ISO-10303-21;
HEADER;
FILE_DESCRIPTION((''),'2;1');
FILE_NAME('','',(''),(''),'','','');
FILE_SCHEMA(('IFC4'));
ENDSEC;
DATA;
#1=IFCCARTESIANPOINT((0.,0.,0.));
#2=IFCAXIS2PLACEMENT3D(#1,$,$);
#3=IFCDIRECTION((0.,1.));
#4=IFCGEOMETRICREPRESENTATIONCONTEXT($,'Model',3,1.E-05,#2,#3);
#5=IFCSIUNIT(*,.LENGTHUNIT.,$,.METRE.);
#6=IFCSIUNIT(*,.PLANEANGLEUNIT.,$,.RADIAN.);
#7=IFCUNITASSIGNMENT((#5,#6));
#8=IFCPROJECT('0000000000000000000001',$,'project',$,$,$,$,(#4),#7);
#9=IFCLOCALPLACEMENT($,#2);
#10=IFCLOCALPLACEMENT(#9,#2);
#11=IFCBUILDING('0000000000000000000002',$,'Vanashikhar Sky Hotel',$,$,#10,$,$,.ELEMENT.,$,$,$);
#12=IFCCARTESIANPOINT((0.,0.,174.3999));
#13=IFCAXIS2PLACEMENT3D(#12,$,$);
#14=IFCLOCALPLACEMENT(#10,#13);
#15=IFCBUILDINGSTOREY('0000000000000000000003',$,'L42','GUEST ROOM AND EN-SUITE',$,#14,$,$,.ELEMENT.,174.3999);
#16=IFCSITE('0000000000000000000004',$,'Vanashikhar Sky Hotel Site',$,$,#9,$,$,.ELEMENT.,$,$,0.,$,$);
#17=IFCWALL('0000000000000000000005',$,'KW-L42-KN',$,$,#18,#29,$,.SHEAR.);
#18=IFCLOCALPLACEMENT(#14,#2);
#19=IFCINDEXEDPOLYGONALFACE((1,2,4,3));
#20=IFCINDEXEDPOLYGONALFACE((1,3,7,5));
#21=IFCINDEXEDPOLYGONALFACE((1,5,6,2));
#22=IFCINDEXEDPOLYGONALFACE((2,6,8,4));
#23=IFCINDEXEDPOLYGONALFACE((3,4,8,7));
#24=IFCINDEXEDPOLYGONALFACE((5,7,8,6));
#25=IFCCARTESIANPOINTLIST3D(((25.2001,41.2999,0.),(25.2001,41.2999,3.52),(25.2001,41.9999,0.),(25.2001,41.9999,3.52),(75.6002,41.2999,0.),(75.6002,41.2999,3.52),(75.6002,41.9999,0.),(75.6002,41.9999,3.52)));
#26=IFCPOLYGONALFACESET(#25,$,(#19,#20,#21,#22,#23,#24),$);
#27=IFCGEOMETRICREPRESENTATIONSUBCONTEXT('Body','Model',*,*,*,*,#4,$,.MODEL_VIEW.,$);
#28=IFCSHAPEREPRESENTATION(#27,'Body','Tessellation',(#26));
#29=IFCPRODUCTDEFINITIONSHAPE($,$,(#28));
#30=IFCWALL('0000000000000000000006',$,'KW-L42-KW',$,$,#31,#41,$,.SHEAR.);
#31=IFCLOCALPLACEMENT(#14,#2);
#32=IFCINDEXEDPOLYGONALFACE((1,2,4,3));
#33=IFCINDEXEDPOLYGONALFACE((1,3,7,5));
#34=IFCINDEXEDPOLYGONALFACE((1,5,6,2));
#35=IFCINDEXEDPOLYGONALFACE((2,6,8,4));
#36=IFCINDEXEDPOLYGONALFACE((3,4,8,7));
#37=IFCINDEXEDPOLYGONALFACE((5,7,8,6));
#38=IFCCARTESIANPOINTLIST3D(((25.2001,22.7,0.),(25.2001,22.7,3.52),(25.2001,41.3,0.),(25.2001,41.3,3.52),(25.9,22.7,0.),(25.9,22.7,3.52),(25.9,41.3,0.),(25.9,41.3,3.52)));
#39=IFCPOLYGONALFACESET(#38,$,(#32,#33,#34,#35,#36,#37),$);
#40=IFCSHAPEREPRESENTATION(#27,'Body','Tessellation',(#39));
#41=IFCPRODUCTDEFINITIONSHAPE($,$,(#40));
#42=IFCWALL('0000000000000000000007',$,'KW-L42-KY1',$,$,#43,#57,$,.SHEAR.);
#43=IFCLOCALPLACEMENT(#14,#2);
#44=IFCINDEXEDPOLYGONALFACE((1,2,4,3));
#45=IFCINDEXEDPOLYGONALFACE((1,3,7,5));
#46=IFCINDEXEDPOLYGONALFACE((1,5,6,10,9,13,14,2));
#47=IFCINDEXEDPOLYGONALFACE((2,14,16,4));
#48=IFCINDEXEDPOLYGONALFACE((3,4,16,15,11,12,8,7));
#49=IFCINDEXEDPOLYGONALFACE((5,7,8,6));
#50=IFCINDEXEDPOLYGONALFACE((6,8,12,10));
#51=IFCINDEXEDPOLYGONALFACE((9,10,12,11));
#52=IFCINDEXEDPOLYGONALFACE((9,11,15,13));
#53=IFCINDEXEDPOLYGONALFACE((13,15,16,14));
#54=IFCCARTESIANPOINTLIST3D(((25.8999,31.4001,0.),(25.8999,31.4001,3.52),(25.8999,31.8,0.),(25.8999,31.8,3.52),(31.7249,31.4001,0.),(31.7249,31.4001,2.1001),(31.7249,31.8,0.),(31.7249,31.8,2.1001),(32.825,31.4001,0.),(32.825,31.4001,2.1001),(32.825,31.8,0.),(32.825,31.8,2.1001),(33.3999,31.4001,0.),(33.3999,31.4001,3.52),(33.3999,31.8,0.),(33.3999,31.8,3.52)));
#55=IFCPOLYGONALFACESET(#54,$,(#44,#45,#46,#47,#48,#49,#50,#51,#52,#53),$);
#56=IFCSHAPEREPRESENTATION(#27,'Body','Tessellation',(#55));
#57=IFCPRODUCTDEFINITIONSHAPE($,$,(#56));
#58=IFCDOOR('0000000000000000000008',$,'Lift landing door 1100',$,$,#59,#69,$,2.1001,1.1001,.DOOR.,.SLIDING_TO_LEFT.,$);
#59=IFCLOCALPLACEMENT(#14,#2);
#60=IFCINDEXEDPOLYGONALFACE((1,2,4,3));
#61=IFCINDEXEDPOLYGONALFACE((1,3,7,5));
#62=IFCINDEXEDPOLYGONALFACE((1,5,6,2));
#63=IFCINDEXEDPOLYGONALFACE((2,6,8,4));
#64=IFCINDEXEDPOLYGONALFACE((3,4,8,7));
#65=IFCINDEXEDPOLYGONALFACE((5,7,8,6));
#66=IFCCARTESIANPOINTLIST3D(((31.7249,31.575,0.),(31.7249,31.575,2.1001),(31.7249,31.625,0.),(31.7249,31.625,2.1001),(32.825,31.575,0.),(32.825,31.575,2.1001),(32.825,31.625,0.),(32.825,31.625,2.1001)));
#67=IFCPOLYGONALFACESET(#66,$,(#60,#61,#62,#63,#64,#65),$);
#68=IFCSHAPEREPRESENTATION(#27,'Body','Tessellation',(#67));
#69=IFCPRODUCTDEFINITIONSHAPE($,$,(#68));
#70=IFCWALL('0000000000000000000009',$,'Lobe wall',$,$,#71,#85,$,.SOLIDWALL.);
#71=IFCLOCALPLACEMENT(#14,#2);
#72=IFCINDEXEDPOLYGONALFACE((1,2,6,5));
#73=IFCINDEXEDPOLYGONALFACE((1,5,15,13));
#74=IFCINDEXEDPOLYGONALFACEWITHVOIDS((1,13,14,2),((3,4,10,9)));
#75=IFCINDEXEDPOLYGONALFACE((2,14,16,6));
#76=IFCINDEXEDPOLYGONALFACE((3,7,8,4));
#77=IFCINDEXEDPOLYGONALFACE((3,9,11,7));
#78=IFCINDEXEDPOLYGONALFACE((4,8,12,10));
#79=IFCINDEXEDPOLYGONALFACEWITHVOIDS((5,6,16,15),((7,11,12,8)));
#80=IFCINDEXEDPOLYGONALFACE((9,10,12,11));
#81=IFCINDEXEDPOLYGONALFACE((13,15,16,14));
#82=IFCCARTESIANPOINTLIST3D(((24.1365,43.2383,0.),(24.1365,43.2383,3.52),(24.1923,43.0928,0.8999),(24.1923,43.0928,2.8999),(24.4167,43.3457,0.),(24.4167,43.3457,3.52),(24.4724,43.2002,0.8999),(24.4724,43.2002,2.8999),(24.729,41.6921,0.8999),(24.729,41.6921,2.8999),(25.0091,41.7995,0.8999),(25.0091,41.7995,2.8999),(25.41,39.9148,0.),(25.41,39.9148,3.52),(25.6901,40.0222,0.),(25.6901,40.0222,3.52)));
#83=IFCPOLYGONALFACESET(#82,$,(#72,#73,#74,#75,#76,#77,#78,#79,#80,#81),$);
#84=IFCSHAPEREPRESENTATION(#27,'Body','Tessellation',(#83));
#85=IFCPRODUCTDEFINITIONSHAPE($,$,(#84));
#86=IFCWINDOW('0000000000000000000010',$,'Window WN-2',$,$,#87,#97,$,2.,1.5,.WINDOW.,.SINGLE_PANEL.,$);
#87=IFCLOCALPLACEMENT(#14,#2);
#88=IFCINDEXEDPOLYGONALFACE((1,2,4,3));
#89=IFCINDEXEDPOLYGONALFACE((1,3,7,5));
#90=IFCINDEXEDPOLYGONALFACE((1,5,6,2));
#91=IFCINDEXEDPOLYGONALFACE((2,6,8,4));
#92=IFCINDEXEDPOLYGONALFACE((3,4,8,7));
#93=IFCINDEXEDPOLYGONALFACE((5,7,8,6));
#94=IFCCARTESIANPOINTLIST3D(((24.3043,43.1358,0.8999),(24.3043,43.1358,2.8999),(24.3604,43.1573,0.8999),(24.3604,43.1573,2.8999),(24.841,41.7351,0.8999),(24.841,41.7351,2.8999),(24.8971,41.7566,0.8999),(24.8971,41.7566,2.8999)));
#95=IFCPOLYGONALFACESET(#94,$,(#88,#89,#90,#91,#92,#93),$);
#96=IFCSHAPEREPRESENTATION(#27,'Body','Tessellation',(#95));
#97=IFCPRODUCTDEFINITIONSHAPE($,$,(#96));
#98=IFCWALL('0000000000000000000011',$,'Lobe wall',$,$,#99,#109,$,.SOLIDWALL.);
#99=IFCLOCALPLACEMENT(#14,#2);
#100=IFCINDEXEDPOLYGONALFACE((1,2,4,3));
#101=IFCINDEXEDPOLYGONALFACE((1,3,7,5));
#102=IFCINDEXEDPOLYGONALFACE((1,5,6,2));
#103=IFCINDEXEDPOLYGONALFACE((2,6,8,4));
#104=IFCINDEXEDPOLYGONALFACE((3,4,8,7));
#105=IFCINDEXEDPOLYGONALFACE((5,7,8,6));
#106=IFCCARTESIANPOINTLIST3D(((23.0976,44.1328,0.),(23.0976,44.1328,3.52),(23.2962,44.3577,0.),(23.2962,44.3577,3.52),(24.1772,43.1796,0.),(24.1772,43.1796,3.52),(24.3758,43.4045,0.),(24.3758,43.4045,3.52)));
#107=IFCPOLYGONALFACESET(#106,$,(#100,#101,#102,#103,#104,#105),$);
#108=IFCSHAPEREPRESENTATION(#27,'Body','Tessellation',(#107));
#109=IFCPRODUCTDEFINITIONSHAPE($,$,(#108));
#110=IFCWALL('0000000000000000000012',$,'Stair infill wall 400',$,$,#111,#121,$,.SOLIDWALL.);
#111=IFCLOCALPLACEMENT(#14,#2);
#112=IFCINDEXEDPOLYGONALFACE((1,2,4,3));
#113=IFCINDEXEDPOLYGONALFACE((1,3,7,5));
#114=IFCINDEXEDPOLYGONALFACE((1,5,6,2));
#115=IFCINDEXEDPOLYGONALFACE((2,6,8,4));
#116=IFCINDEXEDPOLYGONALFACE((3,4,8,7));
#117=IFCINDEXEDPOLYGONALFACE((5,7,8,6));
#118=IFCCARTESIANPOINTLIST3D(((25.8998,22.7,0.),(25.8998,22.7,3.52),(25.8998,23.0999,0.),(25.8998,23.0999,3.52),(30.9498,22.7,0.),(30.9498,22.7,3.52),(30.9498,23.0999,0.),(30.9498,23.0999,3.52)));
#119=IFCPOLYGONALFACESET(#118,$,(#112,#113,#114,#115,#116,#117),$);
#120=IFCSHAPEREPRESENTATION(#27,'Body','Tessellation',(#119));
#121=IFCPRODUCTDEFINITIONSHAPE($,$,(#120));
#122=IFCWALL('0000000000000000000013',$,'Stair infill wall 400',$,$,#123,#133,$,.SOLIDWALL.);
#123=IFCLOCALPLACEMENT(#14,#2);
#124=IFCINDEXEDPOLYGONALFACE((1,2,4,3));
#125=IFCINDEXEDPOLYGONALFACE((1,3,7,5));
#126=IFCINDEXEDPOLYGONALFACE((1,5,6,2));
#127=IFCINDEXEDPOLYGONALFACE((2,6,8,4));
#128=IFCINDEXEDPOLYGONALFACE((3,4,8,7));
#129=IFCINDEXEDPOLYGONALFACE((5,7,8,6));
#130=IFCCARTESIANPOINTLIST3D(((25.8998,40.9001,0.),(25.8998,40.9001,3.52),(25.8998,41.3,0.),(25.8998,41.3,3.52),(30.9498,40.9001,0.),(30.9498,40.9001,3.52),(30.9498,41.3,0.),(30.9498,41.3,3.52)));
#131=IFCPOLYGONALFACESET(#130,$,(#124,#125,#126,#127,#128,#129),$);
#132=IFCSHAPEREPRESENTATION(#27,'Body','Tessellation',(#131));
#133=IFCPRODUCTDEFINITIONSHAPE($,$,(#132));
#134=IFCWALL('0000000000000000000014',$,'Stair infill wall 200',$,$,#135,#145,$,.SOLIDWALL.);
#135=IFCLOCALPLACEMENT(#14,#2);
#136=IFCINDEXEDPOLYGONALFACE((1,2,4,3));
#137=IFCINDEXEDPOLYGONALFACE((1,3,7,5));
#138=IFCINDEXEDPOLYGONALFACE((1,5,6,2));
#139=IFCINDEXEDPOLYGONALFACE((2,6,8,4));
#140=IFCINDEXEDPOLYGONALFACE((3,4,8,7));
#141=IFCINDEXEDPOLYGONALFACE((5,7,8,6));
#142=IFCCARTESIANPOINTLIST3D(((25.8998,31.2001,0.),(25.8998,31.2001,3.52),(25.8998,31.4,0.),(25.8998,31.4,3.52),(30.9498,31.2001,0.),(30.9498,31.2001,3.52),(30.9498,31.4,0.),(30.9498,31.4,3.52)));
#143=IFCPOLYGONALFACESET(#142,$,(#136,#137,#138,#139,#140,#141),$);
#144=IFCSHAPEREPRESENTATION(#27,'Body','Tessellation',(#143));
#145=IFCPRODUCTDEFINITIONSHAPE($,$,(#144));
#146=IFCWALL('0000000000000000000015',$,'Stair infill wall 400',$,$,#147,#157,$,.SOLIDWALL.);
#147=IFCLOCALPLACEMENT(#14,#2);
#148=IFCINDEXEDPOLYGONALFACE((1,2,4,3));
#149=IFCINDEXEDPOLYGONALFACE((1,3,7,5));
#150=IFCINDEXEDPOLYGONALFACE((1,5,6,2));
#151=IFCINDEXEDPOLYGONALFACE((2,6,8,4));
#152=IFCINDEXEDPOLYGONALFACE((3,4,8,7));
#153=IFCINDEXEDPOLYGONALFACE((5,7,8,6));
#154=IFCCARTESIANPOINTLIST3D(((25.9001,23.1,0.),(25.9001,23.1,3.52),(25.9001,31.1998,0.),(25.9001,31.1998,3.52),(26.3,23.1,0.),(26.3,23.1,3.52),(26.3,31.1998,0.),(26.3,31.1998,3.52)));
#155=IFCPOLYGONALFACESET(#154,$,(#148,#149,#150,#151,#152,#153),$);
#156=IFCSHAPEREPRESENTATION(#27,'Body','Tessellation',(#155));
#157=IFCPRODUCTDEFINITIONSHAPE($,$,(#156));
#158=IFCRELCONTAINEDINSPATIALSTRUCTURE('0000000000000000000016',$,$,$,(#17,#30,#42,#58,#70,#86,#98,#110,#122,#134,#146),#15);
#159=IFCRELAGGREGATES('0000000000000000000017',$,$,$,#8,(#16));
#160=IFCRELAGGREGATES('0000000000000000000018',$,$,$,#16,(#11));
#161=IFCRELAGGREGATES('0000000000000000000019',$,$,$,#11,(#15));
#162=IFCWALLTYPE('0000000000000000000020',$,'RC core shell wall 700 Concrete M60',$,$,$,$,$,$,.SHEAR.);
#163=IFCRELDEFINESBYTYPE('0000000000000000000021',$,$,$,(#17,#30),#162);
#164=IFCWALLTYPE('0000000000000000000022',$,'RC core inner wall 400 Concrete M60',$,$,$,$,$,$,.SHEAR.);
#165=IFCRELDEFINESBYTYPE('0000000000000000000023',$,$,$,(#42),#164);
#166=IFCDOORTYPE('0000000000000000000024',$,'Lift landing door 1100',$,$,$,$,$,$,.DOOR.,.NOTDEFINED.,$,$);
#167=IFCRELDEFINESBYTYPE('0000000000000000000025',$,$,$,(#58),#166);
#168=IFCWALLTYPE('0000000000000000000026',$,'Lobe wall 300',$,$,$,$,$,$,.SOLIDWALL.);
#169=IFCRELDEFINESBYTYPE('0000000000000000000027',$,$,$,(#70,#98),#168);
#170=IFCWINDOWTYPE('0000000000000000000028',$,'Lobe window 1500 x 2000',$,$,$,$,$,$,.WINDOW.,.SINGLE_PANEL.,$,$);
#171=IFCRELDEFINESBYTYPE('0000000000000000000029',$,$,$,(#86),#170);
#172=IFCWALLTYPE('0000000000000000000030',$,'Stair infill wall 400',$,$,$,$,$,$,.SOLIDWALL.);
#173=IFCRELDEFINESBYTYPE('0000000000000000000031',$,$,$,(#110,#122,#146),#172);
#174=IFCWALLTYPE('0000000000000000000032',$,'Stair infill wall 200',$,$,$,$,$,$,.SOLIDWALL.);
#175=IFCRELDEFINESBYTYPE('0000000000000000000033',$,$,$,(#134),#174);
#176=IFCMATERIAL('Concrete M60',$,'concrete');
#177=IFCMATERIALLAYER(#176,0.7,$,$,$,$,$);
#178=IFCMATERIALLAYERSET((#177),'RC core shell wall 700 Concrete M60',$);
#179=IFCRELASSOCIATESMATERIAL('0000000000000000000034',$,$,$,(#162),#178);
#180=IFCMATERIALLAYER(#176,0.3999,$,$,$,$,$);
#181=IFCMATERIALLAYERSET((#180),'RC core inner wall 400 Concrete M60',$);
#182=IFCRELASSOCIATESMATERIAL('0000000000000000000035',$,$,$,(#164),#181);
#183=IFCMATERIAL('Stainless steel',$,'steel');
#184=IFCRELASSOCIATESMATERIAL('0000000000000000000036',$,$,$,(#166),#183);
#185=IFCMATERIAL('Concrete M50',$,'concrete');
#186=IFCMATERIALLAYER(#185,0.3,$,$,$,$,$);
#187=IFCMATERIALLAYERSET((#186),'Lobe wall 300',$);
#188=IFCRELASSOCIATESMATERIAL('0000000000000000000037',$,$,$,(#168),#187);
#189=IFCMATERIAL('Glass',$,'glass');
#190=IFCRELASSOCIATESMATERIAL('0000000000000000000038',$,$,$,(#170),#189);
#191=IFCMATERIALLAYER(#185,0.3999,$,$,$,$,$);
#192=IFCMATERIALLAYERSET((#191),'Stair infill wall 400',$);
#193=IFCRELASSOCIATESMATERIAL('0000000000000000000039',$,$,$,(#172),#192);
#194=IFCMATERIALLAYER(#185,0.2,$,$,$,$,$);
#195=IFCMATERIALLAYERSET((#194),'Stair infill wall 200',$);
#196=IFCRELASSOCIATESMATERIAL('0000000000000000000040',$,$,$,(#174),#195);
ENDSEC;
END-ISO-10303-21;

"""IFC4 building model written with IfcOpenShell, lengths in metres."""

from ifc_helpers import new_model, si_unit, direction, frame, frame_2d, origin, place, context, subcontext, project, spatial, rectangle, extrude, source, transform, mapped, material, layer, layer_set, type_object, element, fill, save


model = new_model("IFC4")

# Units and contexts
model_context = context("Model", 3, precision=1e-05, world=origin(), true_north=direction((0.0, 1.0)))
body_context = subcontext(model_context, "Body", "Model", "MODEL_VIEW")
ifc_project = project(units=[si_unit("LENGTHUNIT", "METRE"), si_unit("PLANEANGLEUNIT", "RADIAN")], contexts=[model_context])

# Site, building, storey
site_placement = place(None, origin())
site = spatial("IfcSite", under=ifc_project, at=site_placement, Name="Vanashikhar Sky Hotel Site", CompositionType="ELEMENT", RefElevation=0.0)
building_placement = place(site_placement, origin())
building = spatial("IfcBuilding", under=site, at=building_placement, Name="Vanashikhar Sky Hotel", CompositionType="ELEMENT")
storey_placement = place(building_placement, frame((0.0, 0.0, 174.3999)))
storey = spatial("IfcBuildingStorey", under=building, at=storey_placement, Name="L42", Description="GUEST ROOM AND EN-SUITE", CompositionType="ELEMENT", Elevation=174.3999)

# Walls
ifc_material_1 = material(Name="Concrete M60", Category="concrete")
ifc_layer_1 = layer(ifc_material_1, 0.7)
ifc_layer_set_1 = layer_set([ifc_layer_1], Name="RC core shell wall 700 Concrete M60")
wall_type_1 = type_object("IfcWallType", Name="RC core shell wall 700 Concrete M60", PredefinedType="SHEAR", material=ifc_layer_set_1)
shared_shape_1 = source(origin(), body_context, "Body", "SweptSolid", [
    extrude(rectangle(XDim=50.4001, YDim=0.7, at=frame_2d((25.2002, 0.0))), origin(), (0.0, 0.0, 1.0), 3.52),
])
wall_1_placement = place(storey_placement, frame((25.2, 41.6499, 0.0), z_axis=(0.0, 0.0, 1.0), x_axis=(1.0, 0.0, 0.0)))
element("IfcWall", 1, at=wall_1_placement, inside=storey, type_object=wall_type_1, Name="KW-L42-KN", PredefinedType="SHEAR", context=body_context, shape_type="MappedRepresentation", body=[
    mapped(shared_shape_1, transform((0.0, 0.0, 0.0), scale=1.0)),
])
shared_shape_2 = source(origin(), body_context, "Body", "SweptSolid", [
    extrude(rectangle(XDim=18.6001, YDim=0.7, at=frame_2d((9.3, 0.0))), origin(), (0.0, 0.0, 1.0), 3.52),
])
wall_2_placement = place(storey_placement, frame((25.55, 22.7, 0.0), z_axis=(0.0, 0.0, 1.0), x_axis=(0.0, 1.0, 0.0)))
element("IfcWall", 2, at=wall_2_placement, inside=storey, type_object=wall_type_1, Name="KW-L42-KW", PredefinedType="SHEAR", context=body_context, shape_type="MappedRepresentation", body=[
    mapped(shared_shape_2, transform((0.0, 0.0, 0.0), scale=1.0)),
])

# Wall, opening, door
ifc_layer_2 = layer(ifc_material_1, 0.3999)
ifc_layer_set_2 = layer_set([ifc_layer_2], Name="RC core inner wall 400 Concrete M60")
wall_type_2 = type_object("IfcWallType", Name="RC core inner wall 400 Concrete M60", PredefinedType="SHEAR", material=ifc_layer_set_2)
shared_shape_3 = source(origin(), body_context, "Body", "SweptSolid", [
    extrude(rectangle(XDim=7.5, YDim=0.3999, at=frame_2d((3.75, 0.0))), origin(), (0.0, 0.0, 1.0), 3.52),
])
wall_3_placement = place(storey_placement, frame((25.8999, 31.6001, 0.0), z_axis=(0.0, 0.0, 1.0), x_axis=(1.0, 0.0, 0.0)))
wall_3 = element("IfcWall", 3, at=wall_3_placement, inside=storey, type_object=wall_type_2, Name="KW-L42-KY1", PredefinedType="SHEAR", context=body_context, shape_type="MappedRepresentation", body=[
    mapped(shared_shape_3, transform((0.0, 0.0, 0.0), scale=1.0)),
])
shared_shape_4 = source(origin(), body_context, "Body", "SweptSolid", [
    extrude(rectangle(XDim=1.1001, YDim=2.1001, at=frame_2d((0.55, 1.05))), frame((0.0, 0.21, 0.0), z_axis=(0.0, -1.0, 0.0), x_axis=(1.0, 0.0, 0.0)), (0.0, 0.0, 1.0), 0.4199),
])
opening_1_placement = place(wall_3_placement, frame((5.825, 0.0, 0.0)))
opening_1 = element("IfcOpeningElement", 4, at=opening_1_placement, cuts=wall_3, PredefinedType="OPENING", context=body_context, shape_type="MappedRepresentation", body=[
    mapped(shared_shape_4, transform((0.0, 0.0, 0.0), scale=1.0)),
])
ifc_material_2 = material(Name="Stainless steel", Category="steel")
door_type = type_object("IfcDoorType", Name="Lift landing door 1100", OperationType="NOTDEFINED", PredefinedType="DOOR", material=ifc_material_2)
shared_shape_5 = source(origin(), body_context, "Body", "SweptSolid", [
    extrude(rectangle(XDim=1.1001, YDim=2.1001, at=frame_2d((0.55, 1.05))), frame((0.0, 0.0249, 0.0), z_axis=(0.0, -1.0, 0.0), x_axis=(1.0, 0.0, 0.0)), (0.0, 0.0, 1.0), 0.05),
])
door_placement = place(opening_1_placement, origin())
door = element("IfcDoor", 5, at=door_placement, inside=storey, type_object=door_type, Name="Lift landing door 1100", OperationType="SLIDING_TO_LEFT", OverallHeight=2.1001, OverallWidth=1.1001, PredefinedType="DOOR", context=body_context, shape_type="MappedRepresentation", body=[
    mapped(shared_shape_5, transform((0.0, 0.0, 0.0), scale=1.0)),
])
fill(opening_1, door)

# Wall, opening, window
ifc_material_3 = material(Name="Concrete M50", Category="concrete")
ifc_layer_3 = layer(ifc_material_3, 0.3)
ifc_layer_set_3 = layer_set([ifc_layer_3], Name="Lobe wall 300")
wall_type_3 = type_object("IfcWallType", Name="Lobe wall 300", PredefinedType="SOLIDWALL", material=ifc_layer_set_3)
shared_shape_6 = source(origin(), body_context, "Body", "SweptSolid", [
    extrude(rectangle(XDim=3.5591, YDim=0.3, at=frame_2d((1.7795, 0.0))), origin(), (0.0, 0.0, 1.0), 3.52),
])
wall_4_placement = place(storey_placement, frame((25.55, 39.9685, 0.0), z_axis=(0.0, 0.0, 1.0), x_axis=(-0.357797, 0.933799, 0.0)))
wall_4 = element("IfcWall", 6, at=wall_4_placement, inside=storey, type_object=wall_type_3, Name="Lobe wall", PredefinedType="SOLIDWALL", context=body_context, shape_type="MappedRepresentation", body=[
    mapped(shared_shape_6, transform((0.0, 0.0, 0.0), scale=1.0)),
])
shared_shape_7 = source(origin(), body_context, "Body", "SweptSolid", [
    extrude(rectangle(XDim=1.5, YDim=2.0, at=frame_2d((0.75, 1.0))), frame((0.0, 0.1602, 0.0), z_axis=(0.0, -1.0, 0.0), x_axis=(1.0, 0.0, 0.0)), (0.0, 0.0, 1.0), 0.3201),
])
opening_2_placement = place(wall_4_placement, frame((1.9033, 0.0, 0.8999)))
opening_2 = element("IfcOpeningElement", 7, at=opening_2_placement, cuts=wall_4, PredefinedType="OPENING", context=body_context, shape_type="MappedRepresentation", body=[
    mapped(shared_shape_7, transform((0.0, 0.0, 0.0), scale=1.0)),
])
ifc_material_4 = material(Name="Glass", Category="glass")
window_type = type_object("IfcWindowType", Name="Lobe window 1500 x 2000", PartitioningType="SINGLE_PANEL", PredefinedType="WINDOW", material=ifc_material_4)
shared_shape_8 = source(origin(), body_context, "Body", "SweptSolid", [
    extrude(rectangle(XDim=1.5, YDim=2.0, at=frame_2d((0.75, 1.0))), frame((0.0, 0.03, 0.0), z_axis=(0.0, -1.0, 0.0), x_axis=(1.0, 0.0, 0.0)), (0.0, 0.0, 1.0), 0.0601),
])
window_placement = place(opening_2_placement, origin())
window = element("IfcWindow", 8, at=window_placement, inside=storey, type_object=window_type, Name="Window WN-2", OverallHeight=2.0, OverallWidth=1.5, PartitioningType="SINGLE_PANEL", PredefinedType="WINDOW", context=body_context, shape_type="MappedRepresentation", body=[
    mapped(shared_shape_8, transform((0.0, 0.0, 0.0), scale=1.0)),
])
fill(opening_2, window)

# Walls
shared_shape_9 = source(origin(), body_context, "Body", "SweptSolid", [
    extrude(rectangle(XDim=1.4402, YDim=0.3, at=frame_2d((0.7202, 0.0))), origin(), (0.0, 0.0, 1.0), 3.52),
])
wall_5_placement = place(storey_placement, frame((24.2766, 43.292, 0.0), z_axis=(0.0, 0.0, 1.0), x_axis=(-0.74965, 0.661835, 0.0)))
element("IfcWall", 9, at=wall_5_placement, inside=storey, type_object=wall_type_3, Name="Lobe wall", PredefinedType="SOLIDWALL", context=body_context, shape_type="MappedRepresentation", body=[
    mapped(shared_shape_9, transform((0.0, 0.0, 0.0), scale=1.0)),
])
ifc_layer_4 = layer(ifc_material_3, 0.3999)
ifc_layer_set_4 = layer_set([ifc_layer_4], Name="Stair infill wall 400")
wall_type_4 = type_object("IfcWallType", Name="Stair infill wall 400", PredefinedType="SOLIDWALL", material=ifc_layer_set_4)
shared_shape_10 = source(origin(), body_context, "Body", "SweptSolid", [
    extrude(rectangle(XDim=5.05, YDim=0.3999, at=frame_2d((2.5249, 0.0))), origin(), (0.0, 0.0, 1.0), 3.52),
])
for number, where, z_axis, x_axis, name in (
    (10, (25.8999, 22.8999, 0.0), (0.0, 0.0, 1.0), (1.0, 0.0, 0.0), "Stair infill wall 400"),
    (11, (25.8999, 41.1001, 0.0), (0.0, 0.0, 1.0), (1.0, 0.0, 0.0), "Stair infill wall 400"),
):
    element("IfcWall", number, at=place(storey_placement, frame(where, z_axis=z_axis, x_axis=x_axis)), inside=storey, type_object=wall_type_4, Name=name, PredefinedType="SOLIDWALL", context=body_context, shape_type="MappedRepresentation", body=[
        mapped(shared_shape_10, transform((0.0, 0.0, 0.0), scale=1.0)),
    ])
ifc_layer_5 = layer(ifc_material_3, 0.2)
ifc_layer_set_5 = layer_set([ifc_layer_5], Name="Stair infill wall 200")
wall_type_5 = type_object("IfcWallType", Name="Stair infill wall 200", PredefinedType="SOLIDWALL", material=ifc_layer_set_5)
shared_shape_11 = source(origin(), body_context, "Body", "SweptSolid", [
    extrude(rectangle(XDim=5.05, YDim=0.2, at=frame_2d((2.5249, 0.0))), origin(), (0.0, 0.0, 1.0), 3.52),
])
wall_6_placement = place(storey_placement, frame((25.8999, 31.3, 0.0), z_axis=(0.0, 0.0, 1.0), x_axis=(1.0, 0.0, 0.0)))
element("IfcWall", 12, at=wall_6_placement, inside=storey, type_object=wall_type_5, Name="Stair infill wall 200", PredefinedType="SOLIDWALL", context=body_context, shape_type="MappedRepresentation", body=[
    mapped(shared_shape_11, transform((0.0, 0.0, 0.0), scale=1.0)),
])
shared_shape_12 = source(origin(), body_context, "Body", "SweptSolid", [
    extrude(rectangle(XDim=8.0999, YDim=0.3999, at=frame_2d((4.0498, 0.0))), origin(), (0.0, 0.0, 1.0), 3.52),
])
for number, where, z_axis, x_axis, name in (
    (13, (26.1001, 23.1001, 0.0), (0.0, 0.0, 1.0), (0.0, 1.0, 0.0), "Stair infill wall 400"),
):
    element("IfcWall", number, at=place(storey_placement, frame(where, z_axis=z_axis, x_axis=x_axis)), inside=storey, type_object=wall_type_4, Name=name, PredefinedType="SOLIDWALL", context=body_context, shape_type="MappedRepresentation", body=[
        mapped(shared_shape_12, transform((0.0, 0.0, 0.0), scale=1.0)),
    ])

save(model, "model.ifc")
